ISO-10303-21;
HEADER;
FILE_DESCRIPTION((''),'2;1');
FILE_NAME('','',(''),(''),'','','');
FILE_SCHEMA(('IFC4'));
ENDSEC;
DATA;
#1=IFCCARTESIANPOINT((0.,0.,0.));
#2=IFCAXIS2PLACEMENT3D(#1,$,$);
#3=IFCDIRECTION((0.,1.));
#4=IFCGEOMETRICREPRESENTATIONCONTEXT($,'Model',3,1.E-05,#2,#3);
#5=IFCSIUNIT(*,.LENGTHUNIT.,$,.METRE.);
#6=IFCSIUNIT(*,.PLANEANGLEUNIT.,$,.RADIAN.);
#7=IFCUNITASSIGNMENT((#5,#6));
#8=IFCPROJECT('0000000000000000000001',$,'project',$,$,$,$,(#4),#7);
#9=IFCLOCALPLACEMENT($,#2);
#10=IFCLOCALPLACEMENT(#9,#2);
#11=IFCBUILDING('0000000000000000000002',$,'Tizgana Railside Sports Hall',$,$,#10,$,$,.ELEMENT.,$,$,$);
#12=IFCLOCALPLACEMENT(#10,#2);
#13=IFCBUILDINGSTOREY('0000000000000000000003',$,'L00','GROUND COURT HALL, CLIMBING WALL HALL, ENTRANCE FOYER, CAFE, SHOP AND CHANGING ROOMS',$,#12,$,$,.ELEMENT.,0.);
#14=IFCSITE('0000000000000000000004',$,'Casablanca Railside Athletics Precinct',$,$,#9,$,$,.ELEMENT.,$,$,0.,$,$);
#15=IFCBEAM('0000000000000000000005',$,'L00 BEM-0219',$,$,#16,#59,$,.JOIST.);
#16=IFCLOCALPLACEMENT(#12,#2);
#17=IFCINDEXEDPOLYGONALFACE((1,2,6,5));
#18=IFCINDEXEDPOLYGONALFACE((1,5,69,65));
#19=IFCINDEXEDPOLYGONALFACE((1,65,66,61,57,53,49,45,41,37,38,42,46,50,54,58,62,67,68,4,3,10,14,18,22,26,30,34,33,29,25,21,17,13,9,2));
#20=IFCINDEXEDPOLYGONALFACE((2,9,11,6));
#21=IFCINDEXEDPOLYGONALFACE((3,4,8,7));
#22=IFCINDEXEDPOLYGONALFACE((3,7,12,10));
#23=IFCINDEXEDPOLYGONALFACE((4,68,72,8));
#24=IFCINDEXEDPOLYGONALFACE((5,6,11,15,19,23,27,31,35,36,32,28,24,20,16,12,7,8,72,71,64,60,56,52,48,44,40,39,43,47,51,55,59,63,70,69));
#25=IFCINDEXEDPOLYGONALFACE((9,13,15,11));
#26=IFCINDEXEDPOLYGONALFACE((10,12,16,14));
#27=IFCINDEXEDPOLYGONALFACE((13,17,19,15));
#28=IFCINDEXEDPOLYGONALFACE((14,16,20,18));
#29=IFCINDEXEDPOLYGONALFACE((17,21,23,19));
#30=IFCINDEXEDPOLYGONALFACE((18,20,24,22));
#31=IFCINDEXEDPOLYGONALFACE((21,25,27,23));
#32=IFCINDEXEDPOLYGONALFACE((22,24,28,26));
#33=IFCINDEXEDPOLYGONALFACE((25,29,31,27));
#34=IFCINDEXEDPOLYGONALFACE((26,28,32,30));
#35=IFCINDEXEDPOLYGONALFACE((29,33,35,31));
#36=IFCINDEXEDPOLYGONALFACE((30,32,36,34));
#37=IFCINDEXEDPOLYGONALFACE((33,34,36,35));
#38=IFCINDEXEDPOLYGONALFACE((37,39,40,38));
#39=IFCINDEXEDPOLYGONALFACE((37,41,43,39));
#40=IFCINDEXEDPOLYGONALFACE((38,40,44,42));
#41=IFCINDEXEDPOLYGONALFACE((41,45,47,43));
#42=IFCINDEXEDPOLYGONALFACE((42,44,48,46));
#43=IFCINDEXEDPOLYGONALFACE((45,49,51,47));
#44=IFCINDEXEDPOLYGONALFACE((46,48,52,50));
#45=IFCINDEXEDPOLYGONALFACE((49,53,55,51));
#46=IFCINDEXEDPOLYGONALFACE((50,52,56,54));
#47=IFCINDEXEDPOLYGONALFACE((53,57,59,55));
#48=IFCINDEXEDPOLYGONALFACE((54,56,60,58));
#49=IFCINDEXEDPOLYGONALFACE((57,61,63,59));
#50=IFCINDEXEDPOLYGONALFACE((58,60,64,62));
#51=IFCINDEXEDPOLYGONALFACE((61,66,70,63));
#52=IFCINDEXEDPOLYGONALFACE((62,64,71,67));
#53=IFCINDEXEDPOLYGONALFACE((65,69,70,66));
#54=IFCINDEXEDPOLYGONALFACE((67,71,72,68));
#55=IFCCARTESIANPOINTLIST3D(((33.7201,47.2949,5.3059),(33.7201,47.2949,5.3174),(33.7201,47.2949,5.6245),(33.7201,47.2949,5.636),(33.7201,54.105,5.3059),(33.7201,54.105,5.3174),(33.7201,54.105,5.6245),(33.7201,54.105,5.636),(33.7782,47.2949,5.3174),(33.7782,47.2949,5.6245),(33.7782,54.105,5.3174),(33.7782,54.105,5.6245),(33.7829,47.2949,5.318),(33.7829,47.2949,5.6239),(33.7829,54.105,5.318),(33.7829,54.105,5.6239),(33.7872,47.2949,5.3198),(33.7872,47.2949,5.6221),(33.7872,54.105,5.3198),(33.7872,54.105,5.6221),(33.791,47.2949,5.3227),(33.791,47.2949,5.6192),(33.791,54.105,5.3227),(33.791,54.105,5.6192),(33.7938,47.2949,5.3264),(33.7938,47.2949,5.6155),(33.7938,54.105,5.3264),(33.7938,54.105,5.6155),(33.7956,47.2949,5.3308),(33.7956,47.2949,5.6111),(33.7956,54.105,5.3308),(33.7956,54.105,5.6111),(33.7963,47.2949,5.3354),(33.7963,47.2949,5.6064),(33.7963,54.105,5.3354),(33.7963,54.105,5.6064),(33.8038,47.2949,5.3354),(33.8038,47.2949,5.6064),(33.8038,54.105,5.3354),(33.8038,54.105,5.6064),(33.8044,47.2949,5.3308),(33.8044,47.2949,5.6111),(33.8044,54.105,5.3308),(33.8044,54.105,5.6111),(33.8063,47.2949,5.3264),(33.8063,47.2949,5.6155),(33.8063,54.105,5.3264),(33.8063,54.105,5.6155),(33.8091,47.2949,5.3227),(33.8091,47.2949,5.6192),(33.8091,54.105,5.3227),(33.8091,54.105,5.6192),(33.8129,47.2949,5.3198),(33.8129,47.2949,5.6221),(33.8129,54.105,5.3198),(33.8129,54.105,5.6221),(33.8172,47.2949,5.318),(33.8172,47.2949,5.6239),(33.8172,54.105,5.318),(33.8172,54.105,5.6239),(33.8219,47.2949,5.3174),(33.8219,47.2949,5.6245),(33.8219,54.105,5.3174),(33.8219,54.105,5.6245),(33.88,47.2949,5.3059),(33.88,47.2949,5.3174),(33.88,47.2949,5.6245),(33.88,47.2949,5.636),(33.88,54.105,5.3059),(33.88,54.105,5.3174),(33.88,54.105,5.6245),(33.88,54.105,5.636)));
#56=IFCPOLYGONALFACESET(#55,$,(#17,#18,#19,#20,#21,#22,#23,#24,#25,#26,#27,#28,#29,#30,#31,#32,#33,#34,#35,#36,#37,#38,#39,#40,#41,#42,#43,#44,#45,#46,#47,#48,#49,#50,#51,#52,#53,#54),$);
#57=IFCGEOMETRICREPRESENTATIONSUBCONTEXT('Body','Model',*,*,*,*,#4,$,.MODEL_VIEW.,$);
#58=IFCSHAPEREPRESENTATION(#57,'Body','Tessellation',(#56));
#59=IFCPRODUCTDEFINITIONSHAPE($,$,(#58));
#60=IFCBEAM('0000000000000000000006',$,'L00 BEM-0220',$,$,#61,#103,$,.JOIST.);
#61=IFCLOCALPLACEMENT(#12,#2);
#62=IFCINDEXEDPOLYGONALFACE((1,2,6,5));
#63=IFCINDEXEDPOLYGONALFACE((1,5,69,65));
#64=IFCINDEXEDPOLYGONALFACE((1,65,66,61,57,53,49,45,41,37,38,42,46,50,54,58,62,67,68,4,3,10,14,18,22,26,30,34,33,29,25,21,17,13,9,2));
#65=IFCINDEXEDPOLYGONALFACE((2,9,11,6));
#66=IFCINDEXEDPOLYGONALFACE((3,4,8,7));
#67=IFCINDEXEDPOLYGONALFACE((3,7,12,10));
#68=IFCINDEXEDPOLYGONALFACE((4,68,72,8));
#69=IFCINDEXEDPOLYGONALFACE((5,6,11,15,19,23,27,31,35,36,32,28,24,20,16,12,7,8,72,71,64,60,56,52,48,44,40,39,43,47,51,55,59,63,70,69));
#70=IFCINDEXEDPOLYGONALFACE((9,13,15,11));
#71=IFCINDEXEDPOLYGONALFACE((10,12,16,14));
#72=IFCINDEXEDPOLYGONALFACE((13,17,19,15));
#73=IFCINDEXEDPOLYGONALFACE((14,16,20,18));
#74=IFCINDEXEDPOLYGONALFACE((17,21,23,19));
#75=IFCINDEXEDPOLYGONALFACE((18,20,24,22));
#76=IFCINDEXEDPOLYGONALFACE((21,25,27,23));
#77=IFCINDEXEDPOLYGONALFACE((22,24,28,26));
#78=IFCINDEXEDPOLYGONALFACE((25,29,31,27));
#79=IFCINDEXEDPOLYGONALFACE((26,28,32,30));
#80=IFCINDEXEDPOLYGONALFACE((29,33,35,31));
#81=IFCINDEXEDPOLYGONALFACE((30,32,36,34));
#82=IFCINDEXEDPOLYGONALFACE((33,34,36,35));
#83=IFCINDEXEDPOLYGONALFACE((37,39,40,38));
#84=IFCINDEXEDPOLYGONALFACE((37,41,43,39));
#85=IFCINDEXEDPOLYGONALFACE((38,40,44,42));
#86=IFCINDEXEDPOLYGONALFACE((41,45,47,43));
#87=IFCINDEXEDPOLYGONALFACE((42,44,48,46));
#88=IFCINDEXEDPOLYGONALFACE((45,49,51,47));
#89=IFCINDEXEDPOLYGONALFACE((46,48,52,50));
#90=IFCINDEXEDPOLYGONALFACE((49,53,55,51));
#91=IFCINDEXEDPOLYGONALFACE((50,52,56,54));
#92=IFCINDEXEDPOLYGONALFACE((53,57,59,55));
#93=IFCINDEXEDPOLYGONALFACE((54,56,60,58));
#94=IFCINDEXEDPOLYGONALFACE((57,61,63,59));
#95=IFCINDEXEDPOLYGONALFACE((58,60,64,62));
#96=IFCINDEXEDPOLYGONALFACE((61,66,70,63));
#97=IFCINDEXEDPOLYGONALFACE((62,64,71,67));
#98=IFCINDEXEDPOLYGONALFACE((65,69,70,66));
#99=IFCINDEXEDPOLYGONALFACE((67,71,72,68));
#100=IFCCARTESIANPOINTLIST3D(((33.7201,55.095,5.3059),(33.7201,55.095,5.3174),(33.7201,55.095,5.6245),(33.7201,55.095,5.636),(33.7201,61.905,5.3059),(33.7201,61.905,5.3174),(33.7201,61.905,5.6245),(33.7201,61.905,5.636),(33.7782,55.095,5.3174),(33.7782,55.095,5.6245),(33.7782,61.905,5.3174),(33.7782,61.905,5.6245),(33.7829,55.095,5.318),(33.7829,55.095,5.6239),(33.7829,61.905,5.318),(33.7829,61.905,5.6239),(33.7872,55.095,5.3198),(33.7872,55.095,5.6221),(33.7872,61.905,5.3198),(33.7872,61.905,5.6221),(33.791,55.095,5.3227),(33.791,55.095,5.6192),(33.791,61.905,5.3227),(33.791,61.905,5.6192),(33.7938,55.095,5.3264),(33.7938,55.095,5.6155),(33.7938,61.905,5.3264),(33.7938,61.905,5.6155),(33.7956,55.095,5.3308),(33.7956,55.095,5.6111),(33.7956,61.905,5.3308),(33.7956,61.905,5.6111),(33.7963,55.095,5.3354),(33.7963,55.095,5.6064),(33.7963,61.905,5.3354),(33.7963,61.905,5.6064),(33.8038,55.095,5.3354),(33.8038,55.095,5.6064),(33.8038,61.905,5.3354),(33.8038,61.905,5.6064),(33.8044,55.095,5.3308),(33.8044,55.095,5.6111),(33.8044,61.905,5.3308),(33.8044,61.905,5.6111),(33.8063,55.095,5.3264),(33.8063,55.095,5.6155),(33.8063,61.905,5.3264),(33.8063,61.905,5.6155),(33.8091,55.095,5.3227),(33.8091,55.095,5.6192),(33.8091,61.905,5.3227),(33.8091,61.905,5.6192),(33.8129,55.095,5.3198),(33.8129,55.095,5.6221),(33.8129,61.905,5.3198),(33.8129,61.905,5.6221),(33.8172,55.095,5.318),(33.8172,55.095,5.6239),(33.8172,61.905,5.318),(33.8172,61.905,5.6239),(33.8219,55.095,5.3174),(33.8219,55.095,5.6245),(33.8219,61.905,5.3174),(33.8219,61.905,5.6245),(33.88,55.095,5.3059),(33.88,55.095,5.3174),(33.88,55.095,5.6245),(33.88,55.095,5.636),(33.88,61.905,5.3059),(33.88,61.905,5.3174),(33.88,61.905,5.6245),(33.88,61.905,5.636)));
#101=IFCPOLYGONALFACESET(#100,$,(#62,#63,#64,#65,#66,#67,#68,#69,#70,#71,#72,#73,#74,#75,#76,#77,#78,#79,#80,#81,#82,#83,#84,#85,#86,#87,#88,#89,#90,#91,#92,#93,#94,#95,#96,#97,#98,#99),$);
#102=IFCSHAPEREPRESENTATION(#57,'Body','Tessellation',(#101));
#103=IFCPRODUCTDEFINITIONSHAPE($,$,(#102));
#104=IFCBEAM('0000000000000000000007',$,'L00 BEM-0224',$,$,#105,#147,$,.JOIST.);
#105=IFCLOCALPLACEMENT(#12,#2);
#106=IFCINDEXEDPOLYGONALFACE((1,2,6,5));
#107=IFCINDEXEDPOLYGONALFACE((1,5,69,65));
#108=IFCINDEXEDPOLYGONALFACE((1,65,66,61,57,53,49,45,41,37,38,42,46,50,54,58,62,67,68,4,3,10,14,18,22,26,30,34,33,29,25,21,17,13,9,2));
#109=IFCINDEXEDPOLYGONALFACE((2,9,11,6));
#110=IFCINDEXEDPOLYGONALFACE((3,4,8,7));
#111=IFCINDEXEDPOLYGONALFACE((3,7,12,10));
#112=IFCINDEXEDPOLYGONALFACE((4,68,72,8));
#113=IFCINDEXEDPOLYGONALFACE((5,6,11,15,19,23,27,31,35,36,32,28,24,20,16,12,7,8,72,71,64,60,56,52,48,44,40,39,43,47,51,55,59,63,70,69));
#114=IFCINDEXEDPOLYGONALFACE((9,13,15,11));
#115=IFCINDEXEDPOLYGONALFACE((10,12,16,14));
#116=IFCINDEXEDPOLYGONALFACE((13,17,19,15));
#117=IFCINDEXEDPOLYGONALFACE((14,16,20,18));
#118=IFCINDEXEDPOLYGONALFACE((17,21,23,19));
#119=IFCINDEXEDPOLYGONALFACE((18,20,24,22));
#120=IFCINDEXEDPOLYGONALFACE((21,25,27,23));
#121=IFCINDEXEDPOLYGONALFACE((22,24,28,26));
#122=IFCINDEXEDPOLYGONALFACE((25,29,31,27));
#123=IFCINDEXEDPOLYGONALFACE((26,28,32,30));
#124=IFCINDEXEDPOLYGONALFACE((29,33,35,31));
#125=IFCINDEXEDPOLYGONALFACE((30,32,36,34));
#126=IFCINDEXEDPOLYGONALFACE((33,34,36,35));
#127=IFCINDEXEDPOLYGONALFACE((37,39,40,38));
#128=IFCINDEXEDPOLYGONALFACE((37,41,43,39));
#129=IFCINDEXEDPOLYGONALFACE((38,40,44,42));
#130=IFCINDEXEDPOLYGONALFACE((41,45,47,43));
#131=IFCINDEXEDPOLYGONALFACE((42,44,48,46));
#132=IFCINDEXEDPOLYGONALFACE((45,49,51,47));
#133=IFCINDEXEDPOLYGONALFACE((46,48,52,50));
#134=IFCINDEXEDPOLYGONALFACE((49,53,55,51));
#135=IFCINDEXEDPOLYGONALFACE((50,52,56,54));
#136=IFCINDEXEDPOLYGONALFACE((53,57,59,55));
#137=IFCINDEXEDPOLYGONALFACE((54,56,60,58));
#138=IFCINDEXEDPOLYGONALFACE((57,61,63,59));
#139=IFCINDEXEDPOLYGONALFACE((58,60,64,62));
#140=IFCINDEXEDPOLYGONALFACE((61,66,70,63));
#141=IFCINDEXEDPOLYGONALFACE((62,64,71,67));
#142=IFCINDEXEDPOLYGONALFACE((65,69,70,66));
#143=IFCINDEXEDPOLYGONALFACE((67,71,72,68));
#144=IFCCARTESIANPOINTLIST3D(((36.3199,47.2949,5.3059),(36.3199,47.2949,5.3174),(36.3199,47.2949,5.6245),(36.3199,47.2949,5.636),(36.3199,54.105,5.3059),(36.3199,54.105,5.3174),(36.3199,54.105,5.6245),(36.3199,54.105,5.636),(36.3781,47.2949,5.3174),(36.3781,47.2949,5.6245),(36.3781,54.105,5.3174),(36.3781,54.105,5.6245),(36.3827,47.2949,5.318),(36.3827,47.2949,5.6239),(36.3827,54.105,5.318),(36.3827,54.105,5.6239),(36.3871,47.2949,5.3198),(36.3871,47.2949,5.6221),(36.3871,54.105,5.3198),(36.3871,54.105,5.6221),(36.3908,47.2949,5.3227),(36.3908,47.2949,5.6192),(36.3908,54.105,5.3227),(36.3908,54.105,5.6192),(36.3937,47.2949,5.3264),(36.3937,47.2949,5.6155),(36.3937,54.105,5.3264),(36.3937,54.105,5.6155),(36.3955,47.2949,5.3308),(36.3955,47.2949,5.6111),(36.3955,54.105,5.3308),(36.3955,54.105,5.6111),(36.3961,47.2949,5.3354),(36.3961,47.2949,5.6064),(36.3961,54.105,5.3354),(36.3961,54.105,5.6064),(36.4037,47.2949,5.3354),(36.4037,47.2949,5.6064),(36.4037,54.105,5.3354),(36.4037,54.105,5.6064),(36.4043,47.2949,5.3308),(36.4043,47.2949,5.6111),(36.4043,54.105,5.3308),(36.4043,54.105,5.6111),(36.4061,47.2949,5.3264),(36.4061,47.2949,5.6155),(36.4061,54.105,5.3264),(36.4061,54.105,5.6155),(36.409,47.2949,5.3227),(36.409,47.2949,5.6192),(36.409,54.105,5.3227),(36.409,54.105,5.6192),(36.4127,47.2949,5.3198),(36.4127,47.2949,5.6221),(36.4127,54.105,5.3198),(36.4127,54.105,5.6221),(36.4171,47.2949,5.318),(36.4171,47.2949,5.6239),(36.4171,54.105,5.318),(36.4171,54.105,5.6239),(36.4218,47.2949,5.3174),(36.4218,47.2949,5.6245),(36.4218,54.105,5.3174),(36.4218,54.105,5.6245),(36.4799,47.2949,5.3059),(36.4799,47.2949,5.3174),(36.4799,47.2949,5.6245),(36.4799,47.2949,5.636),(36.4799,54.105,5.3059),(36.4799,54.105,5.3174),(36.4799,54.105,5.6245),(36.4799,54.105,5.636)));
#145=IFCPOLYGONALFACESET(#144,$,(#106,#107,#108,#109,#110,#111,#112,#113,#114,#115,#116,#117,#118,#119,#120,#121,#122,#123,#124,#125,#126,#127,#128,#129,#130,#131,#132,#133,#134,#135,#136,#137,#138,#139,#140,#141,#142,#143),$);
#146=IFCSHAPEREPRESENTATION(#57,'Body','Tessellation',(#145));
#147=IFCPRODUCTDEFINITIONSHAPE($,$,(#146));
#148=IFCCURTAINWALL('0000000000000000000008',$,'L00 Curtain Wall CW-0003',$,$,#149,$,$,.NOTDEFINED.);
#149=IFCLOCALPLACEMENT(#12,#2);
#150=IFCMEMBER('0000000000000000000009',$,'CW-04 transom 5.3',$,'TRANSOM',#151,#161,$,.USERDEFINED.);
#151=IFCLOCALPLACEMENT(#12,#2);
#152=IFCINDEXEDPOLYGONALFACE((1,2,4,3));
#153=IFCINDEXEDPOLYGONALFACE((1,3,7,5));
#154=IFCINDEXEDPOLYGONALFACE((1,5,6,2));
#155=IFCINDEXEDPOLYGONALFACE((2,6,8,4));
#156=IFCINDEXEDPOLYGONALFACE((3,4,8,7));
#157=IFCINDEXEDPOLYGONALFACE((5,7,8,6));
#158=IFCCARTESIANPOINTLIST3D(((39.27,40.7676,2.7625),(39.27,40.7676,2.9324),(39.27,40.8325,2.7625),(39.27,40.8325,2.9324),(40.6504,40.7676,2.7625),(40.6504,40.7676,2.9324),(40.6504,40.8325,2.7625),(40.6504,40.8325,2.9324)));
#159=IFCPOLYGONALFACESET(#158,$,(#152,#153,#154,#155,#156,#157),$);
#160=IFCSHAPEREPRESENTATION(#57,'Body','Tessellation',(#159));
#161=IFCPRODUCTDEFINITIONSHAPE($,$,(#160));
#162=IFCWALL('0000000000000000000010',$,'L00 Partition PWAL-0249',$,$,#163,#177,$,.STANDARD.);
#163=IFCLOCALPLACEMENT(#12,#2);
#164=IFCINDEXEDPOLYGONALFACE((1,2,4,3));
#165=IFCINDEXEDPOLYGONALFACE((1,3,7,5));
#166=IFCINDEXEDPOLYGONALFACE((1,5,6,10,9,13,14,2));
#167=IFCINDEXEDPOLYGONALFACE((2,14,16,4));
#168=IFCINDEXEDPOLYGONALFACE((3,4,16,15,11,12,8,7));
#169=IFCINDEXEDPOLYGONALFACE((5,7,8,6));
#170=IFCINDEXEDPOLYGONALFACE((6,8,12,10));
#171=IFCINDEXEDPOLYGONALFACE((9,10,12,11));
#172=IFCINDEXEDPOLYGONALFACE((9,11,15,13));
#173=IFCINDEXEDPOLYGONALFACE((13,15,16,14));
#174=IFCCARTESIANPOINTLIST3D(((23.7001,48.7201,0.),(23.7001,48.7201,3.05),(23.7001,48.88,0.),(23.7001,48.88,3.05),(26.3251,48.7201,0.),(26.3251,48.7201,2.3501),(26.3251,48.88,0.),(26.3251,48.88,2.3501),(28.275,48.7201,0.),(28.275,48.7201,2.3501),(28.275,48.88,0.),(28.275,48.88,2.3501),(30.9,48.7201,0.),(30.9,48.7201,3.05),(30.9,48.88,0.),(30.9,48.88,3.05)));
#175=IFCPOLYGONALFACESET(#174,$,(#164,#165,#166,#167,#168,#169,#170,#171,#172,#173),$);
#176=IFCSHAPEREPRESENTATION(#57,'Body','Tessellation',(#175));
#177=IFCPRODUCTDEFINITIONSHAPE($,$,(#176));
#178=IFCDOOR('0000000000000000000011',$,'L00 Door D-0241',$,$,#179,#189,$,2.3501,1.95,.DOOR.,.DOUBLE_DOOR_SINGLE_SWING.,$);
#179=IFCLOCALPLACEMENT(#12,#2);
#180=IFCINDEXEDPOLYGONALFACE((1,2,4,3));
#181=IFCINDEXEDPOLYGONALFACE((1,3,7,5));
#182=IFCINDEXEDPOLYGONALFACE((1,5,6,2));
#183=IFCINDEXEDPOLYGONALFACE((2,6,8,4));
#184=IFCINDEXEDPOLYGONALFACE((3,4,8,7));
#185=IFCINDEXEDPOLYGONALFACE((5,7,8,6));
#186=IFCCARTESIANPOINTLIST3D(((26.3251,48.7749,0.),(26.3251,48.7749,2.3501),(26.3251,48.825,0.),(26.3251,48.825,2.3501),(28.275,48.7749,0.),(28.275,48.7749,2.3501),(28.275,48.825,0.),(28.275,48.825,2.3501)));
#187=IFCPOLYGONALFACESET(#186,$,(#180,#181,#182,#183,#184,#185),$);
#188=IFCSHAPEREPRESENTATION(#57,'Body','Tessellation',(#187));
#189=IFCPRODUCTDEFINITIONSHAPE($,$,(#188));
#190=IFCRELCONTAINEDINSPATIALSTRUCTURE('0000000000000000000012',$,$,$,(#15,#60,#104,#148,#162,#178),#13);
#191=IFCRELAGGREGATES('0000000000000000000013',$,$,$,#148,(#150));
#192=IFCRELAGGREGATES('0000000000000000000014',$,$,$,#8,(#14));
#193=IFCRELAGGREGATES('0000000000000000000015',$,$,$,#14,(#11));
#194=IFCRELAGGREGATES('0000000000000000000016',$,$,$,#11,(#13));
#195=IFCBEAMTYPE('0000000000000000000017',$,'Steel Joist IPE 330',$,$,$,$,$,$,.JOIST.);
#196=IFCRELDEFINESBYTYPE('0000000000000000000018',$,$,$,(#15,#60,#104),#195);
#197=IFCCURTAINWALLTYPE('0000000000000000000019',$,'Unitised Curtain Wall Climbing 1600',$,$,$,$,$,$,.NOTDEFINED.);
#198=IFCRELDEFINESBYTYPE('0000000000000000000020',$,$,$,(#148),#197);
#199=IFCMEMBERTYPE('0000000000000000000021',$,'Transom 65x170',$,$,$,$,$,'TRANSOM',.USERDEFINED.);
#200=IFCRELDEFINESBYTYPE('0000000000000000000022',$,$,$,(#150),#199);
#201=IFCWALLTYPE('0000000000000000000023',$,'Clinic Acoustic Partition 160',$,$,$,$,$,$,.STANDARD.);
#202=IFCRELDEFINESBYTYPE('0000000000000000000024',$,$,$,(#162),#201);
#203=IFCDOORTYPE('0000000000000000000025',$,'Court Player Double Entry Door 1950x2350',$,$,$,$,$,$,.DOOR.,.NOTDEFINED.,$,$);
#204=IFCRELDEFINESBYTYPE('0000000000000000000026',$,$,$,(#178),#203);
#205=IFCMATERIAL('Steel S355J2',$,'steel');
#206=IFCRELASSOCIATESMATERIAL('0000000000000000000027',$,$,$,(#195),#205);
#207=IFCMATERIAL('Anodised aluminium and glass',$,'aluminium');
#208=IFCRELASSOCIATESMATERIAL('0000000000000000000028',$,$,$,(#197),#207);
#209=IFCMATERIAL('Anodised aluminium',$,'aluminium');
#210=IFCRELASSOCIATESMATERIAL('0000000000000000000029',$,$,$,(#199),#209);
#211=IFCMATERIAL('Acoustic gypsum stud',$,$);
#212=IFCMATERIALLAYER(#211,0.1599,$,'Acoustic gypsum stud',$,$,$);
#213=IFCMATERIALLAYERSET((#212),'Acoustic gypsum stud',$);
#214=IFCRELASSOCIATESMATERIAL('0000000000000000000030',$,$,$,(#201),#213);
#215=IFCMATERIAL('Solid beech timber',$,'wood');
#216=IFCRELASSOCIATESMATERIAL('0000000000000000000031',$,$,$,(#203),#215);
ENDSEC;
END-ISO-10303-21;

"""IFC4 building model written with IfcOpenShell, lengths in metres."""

from ifc_helpers import new_model, si_unit, direction, frame, frame_2d, origin, origin_2d, place, context, subcontext, project, spatial, rectangle, i_section, extrude, material, layer, layer_set, material_profile, profile_set, type_object, element, fill, aggregate, save


model = new_model("IFC4")

# Units and contexts
model_context = context("Model", 3, precision=1e-05, world=origin(), true_north=direction((0.0, 1.0)))
body_context = subcontext(model_context, "Body", "Model", "MODEL_VIEW")
ifc_project = project(units=[si_unit("LENGTHUNIT", "METRE"), si_unit("PLANEANGLEUNIT", "RADIAN")], contexts=[model_context])

# Site, building, storey
site_placement = place(None, origin())
site = spatial("IfcSite", under=ifc_project, at=site_placement, Name="Casablanca Railside Athletics Precinct", CompositionType="ELEMENT", RefElevation=0.0)
building_placement = place(site_placement, origin())
building = spatial("IfcBuilding", under=site, at=building_placement, Name="Tizgana Railside Sports Hall", CompositionType="ELEMENT")
storey_placement = place(building_placement, origin())
storey = spatial("IfcBuildingStorey", under=building, at=storey_placement, Name="L00", Description="GROUND COURT HALL, CLIMBING WALL HALL, ENTRANCE FOYER, CAFE, SHOP AND CHANGING ROOMS", CompositionType="ELEMENT", Elevation=0.0)

# Beams
ifc_material_1 = material(Name="Steel S355J2", Category="steel")
ifc_material_profile_1 = material_profile(ifc_material_1, i_section(OverallWidth=0.1599, OverallDepth=0.3301, WebThickness=0.0076, FlangeThickness=0.0115, FilletRadius=0.0181, at=origin_2d()), Name="IPE 330")
ifc_profile_set_1 = profile_set([ifc_material_profile_1], Name="Steel S355J2")
beam_type_1 = type_object("IfcBeamType", Name="Steel Joist IPE 330", PredefinedType="JOIST", material=ifc_profile_set_1)
for number, where, z_axis, x_axis, name in (
    (1, (33.8, 47.2949, 5.4709), (0.0, 1.0, 0.0), (-1.0, 0.0, 0.0), "L00 BEM-0219"),
    (2, (33.8, 55.095, 5.4709), (0.0, 1.0, 0.0), (-1.0, 0.0, 0.0), "L00 BEM-0220"),
    (3, (36.3999, 47.2949, 5.4709), (0.0, 1.0, 0.0), (-1.0, 0.0, 0.0), "L00 BEM-0224"),
):
    element("IfcBeam", number, at=place(storey_placement, frame(where, z_axis=z_axis, x_axis=x_axis)), inside=storey, type_object=beam_type_1, Name=name, PredefinedType="JOIST", context=body_context, shape_type="SweptSolid", body=[
        extrude(i_section(OverallWidth=0.1599, OverallDepth=0.3301, WebThickness=0.0076, FlangeThickness=0.0115, FilletRadius=0.0181, at=origin_2d()), origin(), (0.0, 0.0, 1.0), 6.8101),
    ])

# Curtain wall, member
ifc_material_2 = material(Name="Anodised aluminium and glass", Category="aluminium")
curtain_wall_type = type_object("IfcCurtainWallType", Name="Unitised Curtain Wall Climbing 1600", PredefinedType="NOTDEFINED", material=ifc_material_2)
curtain_wall_placement = place(storey_placement, origin())
curtain_wall = element("IfcCurtainWall", 4, at=curtain_wall_placement, inside=storey, type_object=curtain_wall_type, Name="L00 Curtain Wall CW-0003", PredefinedType="NOTDEFINED")
ifc_material_3 = material(Name="Anodised aluminium", Category="aluminium")
ifc_material_profile_2 = material_profile(ifc_material_3, rectangle(XDim=0.0649, YDim=0.1699, at=origin_2d()), Name="Transom 65x170")
ifc_profile_set_2 = profile_set([ifc_material_profile_2], Name="Anodised aluminium")
member_type = type_object("IfcMemberType", Name="Transom 65x170", ElementType="TRANSOM", PredefinedType="USERDEFINED", material=ifc_profile_set_2)
member_placement = place(storey_placement, frame((40.6504, 40.8, 2.8474), z_axis=(-1.0, 0.0, 0.0), x_axis=(0.0, -1.0, 0.0)))
member = element("IfcMember", 5, at=member_placement, type_object=member_type, Name="CW-04 transom 5.3", ObjectType="TRANSOM", PredefinedType="USERDEFINED", context=body_context, shape_type="SweptSolid", body=[
    extrude(rectangle(XDim=0.0649, YDim=0.1699, at=origin_2d()), origin(), (0.0, 0.0, 1.0), 1.3804),
])
aggregate(curtain_wall, [member])

# Wall, opening, door
ifc_material_4 = material(Name="Acoustic gypsum stud")
ifc_layer = layer(ifc_material_4, 0.1599, Name="Acoustic gypsum stud")
ifc_layer_set = layer_set([ifc_layer], Name="Acoustic gypsum stud")
wall_type = type_object("IfcWallType", Name="Clinic Acoustic Partition 160", PredefinedType="STANDARD", material=ifc_layer_set)
wall_placement = place(storey_placement, frame((23.7, 48.8, 0.0), z_axis=(0.0, 0.0, 1.0), x_axis=(1.0, 0.0, 0.0)))
wall = element("IfcWall", 6, at=wall_placement, inside=storey, type_object=wall_type, Name="L00 Partition PWAL-0249", PredefinedType="STANDARD", context=body_context, shape_type="SweptSolid", body=[
    extrude(rectangle(XDim=7.2, YDim=0.1599, at=frame_2d((3.6001, 0.0))), origin(), (0.0, 0.0, 1.0), 3.05),
])
opening_placement = place(wall_placement, frame((2.625, 0.0, 0.0)))
opening = element("IfcOpeningElement", 7, at=opening_placement, cuts=wall, PredefinedType="OPENING", context=body_context, shape_type="SweptSolid", body=[
    extrude(rectangle(XDim=1.95, YDim=2.3501, at=frame_2d((0.9751, 1.175))), frame((0.0, 0.0898, 0.0), z_axis=(0.0, -1.0, 0.0), x_axis=(1.0, 0.0, 0.0)), (0.0, 0.0, 1.0), 0.1799),
])
ifc_material_5 = material(Name="Solid beech timber", Category="wood")
door_type = type_object("IfcDoorType", Name="Court Player Double Entry Door 1950x2350", OperationType="NOTDEFINED", PredefinedType="DOOR", material=ifc_material_5)
door_placement = place(opening_placement, origin())
door = element("IfcDoor", 8, at=door_placement, inside=storey, type_object=door_type, Name="L00 Door D-0241", OperationType="DOUBLE_DOOR_SINGLE_SWING", OverallHeight=2.3501, OverallWidth=1.95, PredefinedType="DOOR", context=body_context, shape_type="SweptSolid", body=[
    extrude(rectangle(XDim=1.95, YDim=2.3501, at=frame_2d((0.9751, 1.175))), frame((0.0, 0.0249, 0.0), z_axis=(0.0, -1.0, 0.0), x_axis=(1.0, 0.0, 0.0)), (0.0, 0.0, 1.0), 0.05),
])
fill(opening, door)

save(model, "model.ifc")
